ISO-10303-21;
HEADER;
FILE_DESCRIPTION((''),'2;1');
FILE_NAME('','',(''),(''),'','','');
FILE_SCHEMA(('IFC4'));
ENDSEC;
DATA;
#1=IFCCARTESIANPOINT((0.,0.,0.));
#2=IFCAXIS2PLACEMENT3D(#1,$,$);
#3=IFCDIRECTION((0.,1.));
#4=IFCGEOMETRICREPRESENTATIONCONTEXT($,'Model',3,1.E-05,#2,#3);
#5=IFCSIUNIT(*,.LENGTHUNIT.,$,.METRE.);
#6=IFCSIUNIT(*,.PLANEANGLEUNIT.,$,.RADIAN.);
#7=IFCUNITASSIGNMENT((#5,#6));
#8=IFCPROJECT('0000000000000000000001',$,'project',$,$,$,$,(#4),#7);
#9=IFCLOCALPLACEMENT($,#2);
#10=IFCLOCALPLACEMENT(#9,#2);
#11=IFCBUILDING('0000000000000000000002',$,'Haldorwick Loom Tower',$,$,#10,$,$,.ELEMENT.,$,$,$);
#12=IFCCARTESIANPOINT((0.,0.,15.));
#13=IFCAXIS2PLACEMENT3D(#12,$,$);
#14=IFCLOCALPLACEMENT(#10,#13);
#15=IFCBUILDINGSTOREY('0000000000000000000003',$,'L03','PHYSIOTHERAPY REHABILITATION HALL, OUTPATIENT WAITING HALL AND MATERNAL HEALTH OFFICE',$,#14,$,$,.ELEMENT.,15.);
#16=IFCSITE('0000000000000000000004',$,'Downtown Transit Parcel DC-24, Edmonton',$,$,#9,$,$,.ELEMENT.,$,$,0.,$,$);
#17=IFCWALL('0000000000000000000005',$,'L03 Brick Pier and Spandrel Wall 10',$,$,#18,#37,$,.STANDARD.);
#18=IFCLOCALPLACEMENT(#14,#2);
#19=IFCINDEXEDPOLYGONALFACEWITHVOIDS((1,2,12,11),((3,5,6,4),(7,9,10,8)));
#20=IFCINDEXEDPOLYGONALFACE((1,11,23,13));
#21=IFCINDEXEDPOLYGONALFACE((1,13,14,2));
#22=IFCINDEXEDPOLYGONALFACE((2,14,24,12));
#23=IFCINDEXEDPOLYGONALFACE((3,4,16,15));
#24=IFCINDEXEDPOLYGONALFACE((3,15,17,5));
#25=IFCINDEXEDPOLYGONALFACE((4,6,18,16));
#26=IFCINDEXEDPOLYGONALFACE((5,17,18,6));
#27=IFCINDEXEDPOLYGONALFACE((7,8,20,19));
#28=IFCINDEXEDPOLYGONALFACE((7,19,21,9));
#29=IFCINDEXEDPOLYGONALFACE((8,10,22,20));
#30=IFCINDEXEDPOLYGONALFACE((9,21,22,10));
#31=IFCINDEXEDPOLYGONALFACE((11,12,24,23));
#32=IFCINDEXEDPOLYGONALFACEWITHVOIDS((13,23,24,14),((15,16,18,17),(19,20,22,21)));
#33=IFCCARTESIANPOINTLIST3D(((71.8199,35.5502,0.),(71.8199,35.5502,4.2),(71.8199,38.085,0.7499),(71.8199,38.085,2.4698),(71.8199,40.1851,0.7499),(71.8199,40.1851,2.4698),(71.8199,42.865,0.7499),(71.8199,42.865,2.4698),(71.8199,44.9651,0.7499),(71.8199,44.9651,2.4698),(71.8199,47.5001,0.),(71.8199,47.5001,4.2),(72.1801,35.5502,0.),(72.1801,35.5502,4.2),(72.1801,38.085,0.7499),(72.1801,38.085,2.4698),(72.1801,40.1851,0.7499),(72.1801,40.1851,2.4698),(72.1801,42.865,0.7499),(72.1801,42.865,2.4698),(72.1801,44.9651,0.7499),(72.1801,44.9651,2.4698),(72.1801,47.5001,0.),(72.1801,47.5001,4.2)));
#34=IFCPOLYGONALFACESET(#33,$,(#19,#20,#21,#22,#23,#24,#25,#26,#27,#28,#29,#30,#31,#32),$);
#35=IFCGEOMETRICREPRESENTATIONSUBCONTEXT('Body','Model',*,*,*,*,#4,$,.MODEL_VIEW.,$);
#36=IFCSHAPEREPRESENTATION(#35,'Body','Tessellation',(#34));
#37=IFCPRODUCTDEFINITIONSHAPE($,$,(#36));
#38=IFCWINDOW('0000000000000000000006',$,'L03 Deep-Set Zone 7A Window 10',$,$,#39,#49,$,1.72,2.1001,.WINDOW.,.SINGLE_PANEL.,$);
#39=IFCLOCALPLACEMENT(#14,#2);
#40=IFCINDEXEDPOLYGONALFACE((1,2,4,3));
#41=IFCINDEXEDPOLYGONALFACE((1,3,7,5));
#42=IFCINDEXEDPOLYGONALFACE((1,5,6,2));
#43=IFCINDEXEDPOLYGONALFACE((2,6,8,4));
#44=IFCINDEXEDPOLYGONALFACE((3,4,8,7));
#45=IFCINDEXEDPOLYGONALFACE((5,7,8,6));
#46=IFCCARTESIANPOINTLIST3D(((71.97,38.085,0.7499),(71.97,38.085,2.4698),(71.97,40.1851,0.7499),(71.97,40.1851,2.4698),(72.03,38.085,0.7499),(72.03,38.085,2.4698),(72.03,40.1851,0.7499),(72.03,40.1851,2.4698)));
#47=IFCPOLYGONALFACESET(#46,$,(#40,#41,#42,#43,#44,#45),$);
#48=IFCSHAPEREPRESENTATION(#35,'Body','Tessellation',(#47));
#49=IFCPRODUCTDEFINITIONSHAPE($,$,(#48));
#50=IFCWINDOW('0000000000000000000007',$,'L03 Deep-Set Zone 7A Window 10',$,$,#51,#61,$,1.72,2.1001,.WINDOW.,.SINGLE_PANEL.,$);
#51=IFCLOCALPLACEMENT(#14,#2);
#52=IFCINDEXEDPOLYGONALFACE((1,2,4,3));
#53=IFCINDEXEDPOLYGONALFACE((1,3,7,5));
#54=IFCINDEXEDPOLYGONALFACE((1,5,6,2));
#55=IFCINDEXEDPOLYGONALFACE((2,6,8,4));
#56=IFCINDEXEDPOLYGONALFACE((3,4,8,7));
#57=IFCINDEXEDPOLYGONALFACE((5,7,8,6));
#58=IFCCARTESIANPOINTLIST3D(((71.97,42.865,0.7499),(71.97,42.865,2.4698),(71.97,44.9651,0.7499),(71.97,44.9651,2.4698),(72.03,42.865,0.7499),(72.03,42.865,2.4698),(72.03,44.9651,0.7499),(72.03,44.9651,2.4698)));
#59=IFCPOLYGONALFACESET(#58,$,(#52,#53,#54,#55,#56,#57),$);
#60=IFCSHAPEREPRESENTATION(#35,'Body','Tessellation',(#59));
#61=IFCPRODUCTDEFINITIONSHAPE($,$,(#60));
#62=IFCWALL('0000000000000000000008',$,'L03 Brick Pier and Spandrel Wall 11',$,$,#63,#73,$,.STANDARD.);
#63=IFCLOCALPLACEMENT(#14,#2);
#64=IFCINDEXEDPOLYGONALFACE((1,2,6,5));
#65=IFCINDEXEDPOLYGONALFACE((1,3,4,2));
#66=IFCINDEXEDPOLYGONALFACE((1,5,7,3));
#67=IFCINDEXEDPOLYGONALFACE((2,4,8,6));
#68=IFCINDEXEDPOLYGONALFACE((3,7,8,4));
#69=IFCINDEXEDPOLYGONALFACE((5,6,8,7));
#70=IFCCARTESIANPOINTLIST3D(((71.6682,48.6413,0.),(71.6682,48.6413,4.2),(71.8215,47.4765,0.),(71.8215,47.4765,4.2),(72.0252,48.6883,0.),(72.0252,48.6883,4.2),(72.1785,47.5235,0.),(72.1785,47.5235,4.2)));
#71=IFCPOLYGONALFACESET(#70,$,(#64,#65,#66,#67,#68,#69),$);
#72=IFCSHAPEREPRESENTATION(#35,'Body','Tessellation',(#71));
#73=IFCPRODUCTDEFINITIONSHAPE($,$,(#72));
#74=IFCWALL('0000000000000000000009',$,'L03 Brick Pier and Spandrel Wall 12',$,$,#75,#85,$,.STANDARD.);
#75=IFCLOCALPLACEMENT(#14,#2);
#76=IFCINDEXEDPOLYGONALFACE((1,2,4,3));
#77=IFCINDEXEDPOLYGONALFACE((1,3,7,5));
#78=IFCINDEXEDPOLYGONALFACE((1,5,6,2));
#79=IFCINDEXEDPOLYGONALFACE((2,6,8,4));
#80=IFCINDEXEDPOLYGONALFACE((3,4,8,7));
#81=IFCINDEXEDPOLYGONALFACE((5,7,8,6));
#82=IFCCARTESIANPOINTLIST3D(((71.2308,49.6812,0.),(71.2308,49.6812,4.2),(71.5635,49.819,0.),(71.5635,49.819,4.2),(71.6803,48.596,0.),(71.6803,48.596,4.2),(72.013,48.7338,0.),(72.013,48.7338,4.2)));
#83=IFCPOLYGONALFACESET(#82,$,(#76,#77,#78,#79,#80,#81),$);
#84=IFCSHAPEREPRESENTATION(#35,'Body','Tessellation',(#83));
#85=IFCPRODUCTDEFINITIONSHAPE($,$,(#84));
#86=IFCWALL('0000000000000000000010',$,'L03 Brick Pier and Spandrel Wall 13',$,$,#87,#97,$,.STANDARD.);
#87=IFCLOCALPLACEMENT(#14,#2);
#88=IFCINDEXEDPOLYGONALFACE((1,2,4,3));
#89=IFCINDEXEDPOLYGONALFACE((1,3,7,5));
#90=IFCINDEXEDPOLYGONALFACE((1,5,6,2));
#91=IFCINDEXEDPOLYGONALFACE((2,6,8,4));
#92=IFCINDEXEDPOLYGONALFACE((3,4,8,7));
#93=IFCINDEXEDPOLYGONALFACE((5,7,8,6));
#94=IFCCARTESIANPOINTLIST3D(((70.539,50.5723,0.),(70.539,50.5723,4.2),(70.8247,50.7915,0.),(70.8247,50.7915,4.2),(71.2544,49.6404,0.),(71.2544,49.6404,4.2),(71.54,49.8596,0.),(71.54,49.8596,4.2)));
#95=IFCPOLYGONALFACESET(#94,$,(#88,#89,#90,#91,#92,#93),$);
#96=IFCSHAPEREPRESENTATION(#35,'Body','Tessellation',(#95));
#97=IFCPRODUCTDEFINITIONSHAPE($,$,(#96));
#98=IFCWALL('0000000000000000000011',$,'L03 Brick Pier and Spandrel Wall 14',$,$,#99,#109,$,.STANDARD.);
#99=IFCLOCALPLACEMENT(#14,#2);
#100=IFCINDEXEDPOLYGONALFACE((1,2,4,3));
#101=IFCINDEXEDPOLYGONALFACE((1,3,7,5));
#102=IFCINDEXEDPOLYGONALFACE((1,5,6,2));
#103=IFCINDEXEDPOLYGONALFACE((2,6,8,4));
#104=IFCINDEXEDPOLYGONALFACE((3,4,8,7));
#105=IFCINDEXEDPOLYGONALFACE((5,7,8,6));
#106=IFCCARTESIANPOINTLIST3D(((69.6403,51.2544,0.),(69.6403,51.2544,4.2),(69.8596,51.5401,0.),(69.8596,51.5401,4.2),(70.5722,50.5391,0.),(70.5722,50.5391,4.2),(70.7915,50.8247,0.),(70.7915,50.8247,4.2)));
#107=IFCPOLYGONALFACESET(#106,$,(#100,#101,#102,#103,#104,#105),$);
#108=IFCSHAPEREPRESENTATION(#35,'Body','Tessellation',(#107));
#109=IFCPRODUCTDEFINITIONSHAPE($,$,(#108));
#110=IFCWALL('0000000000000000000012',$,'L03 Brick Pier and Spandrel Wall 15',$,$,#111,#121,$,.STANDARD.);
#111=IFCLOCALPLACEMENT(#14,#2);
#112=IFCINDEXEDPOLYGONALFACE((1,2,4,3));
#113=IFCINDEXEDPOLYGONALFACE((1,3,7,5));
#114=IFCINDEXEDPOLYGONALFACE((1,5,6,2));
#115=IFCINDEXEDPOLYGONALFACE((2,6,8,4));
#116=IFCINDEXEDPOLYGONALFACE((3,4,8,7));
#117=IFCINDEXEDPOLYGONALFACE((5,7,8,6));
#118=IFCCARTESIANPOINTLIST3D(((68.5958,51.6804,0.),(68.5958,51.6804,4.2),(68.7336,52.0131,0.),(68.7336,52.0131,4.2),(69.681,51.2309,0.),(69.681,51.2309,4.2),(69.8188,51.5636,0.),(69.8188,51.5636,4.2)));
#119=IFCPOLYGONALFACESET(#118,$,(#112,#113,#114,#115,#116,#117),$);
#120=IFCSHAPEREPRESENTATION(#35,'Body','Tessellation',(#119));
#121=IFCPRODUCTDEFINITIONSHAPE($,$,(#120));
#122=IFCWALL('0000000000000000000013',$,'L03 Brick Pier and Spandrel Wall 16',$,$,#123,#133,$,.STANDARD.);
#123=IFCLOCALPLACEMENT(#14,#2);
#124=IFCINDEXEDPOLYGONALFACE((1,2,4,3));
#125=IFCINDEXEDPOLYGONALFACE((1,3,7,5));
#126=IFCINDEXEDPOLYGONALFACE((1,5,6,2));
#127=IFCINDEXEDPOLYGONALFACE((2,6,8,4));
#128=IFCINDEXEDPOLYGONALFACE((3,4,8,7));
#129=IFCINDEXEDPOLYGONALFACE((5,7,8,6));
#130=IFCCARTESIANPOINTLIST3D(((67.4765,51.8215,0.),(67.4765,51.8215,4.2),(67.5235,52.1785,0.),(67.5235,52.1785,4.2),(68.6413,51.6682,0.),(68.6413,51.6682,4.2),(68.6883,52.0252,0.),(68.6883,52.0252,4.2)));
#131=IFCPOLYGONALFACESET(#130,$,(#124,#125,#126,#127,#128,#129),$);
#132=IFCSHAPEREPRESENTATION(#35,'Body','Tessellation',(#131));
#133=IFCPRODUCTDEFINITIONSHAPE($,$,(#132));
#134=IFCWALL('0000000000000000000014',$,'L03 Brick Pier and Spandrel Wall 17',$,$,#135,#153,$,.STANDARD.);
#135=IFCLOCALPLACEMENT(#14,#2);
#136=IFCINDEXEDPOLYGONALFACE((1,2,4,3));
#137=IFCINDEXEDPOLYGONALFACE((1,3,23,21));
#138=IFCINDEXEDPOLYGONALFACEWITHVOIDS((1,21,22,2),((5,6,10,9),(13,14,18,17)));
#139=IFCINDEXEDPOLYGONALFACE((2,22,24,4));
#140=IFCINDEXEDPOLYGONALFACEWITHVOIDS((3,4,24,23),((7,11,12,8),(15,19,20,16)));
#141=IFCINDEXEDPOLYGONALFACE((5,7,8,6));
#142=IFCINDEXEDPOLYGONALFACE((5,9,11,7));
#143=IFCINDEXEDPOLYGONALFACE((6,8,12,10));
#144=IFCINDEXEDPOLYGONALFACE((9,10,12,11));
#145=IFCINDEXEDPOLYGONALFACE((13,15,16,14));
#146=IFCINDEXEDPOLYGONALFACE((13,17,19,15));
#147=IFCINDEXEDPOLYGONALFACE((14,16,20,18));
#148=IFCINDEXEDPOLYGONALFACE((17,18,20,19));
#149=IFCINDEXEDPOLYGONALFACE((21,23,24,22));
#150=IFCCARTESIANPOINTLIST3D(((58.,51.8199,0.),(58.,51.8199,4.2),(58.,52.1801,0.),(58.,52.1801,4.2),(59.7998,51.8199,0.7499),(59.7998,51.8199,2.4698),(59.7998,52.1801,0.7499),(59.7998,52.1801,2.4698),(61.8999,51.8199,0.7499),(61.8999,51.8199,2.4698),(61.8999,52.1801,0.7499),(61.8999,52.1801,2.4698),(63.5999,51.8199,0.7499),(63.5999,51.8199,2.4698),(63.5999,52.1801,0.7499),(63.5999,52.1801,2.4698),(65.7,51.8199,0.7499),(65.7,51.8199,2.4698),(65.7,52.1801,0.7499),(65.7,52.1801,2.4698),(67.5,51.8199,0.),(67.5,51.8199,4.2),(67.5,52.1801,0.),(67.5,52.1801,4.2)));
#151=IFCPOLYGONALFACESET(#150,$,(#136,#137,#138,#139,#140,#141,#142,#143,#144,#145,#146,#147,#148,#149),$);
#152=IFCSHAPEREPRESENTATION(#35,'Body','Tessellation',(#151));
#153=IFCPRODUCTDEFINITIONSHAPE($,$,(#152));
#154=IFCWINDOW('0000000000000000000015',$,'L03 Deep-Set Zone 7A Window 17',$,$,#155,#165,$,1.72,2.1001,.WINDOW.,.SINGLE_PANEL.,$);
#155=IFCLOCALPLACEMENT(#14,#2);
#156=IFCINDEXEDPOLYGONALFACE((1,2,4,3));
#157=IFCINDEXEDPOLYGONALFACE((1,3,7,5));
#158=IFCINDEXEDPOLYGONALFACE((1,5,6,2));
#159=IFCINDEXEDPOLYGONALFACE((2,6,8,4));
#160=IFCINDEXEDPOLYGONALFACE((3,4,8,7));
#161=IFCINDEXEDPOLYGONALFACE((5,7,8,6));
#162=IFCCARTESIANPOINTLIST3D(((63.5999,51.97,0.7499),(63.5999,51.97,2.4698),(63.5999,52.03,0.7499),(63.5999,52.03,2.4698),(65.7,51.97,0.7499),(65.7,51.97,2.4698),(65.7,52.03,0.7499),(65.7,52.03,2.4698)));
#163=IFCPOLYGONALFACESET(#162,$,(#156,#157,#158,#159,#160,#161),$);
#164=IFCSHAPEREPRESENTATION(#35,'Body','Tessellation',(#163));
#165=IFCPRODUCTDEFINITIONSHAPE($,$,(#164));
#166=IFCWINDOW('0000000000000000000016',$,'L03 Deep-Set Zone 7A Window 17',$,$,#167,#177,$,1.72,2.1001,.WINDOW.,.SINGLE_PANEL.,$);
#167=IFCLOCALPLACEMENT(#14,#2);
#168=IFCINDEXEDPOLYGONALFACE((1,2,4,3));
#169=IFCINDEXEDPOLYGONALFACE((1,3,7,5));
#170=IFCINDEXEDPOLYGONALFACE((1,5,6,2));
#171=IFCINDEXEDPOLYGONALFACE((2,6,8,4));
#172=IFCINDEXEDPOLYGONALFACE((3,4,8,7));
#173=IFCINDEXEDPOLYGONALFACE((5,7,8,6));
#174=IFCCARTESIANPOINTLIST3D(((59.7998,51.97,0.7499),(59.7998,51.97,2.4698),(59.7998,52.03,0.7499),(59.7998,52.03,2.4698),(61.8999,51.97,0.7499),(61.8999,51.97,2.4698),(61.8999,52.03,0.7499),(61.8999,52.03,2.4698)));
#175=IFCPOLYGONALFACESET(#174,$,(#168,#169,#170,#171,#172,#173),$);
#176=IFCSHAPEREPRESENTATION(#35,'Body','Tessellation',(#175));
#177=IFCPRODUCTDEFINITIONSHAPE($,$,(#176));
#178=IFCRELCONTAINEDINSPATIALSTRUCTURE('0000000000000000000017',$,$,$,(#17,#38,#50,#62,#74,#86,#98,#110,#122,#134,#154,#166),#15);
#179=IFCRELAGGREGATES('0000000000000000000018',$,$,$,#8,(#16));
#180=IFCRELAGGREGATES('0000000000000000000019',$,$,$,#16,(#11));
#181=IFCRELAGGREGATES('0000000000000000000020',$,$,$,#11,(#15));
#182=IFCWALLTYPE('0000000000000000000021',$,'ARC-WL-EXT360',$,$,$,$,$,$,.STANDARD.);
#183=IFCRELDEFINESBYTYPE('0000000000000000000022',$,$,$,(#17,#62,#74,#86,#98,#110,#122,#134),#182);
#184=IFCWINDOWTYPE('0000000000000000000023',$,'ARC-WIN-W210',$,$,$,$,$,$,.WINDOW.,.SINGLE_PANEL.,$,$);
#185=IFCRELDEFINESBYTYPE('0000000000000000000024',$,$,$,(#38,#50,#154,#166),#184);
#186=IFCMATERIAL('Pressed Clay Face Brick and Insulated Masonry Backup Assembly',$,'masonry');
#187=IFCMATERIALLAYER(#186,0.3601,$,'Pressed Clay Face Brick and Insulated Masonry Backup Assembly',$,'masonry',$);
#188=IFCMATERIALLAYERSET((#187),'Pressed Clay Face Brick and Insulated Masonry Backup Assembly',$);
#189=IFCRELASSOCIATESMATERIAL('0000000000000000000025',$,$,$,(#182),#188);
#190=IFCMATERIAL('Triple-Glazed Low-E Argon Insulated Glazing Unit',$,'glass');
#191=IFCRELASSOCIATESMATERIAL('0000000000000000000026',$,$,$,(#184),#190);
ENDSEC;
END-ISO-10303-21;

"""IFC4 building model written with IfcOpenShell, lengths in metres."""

from ifc_helpers import new_model, si_unit, direction, frame, frame_2d, origin, place, context, subcontext, project, spatial, rectangle, extrude, material, layer, layer_set, type_object, element, fill, save


model = new_model("IFC4")

# Units and contexts
model_context = context("Model", 3, precision=1e-05, world=origin(), true_north=direction((0.0, 1.0)))
body_context = subcontext(model_context, "Body", "Model", "MODEL_VIEW")
ifc_project = project(units=[si_unit("LENGTHUNIT", "METRE"), si_unit("PLANEANGLEUNIT", "RADIAN")], contexts=[model_context])

# Site, building, storey
site_placement = place(None, origin())
site = spatial("IfcSite", under=ifc_project, at=site_placement, Name="Downtown Transit Parcel DC-24, Edmonton", CompositionType="ELEMENT", RefElevation=0.0)
building_placement = place(site_placement, origin())
building = spatial("IfcBuilding", under=site, at=building_placement, Name="Haldorwick Loom Tower", CompositionType="ELEMENT")
storey_placement = place(building_placement, frame((0.0, 0.0, 15.0)))
storey = spatial("IfcBuildingStorey", under=building, at=storey_placement, Name="L03", Description="PHYSIOTHERAPY REHABILITATION HALL, OUTPATIENT WAITING HALL AND MATERNAL HEALTH OFFICE", CompositionType="ELEMENT", Elevation=15.0)

# Wall, openings, windows
ifc_material_1 = material(Name="Pressed Clay Face Brick and Insulated Masonry Backup Assembly", Category="masonry")
ifc_layer_1 = layer(ifc_material_1, 0.3601, Name="Pressed Clay Face Brick and Insulated Masonry Backup Assembly", Category="masonry")
ifc_layer_set_1 = layer_set([ifc_layer_1], Name="Pressed Clay Face Brick and Insulated Masonry Backup Assembly")
wall_type_1 = type_object("IfcWallType", Name="ARC-WL-EXT360", PredefinedType="STANDARD", material=ifc_layer_set_1)
wall_1_placement = place(storey_placement, frame((72.0, 35.55, 0.0), z_axis=(0.0, 0.0, 1.0), x_axis=(0.0, 1.0, 0.0)))
wall_1 = element("IfcWall", 1, at=wall_1_placement, inside=storey, type_object=wall_type_1, Name="L03 Brick Pier and Spandrel Wall 10", PredefinedType="STANDARD", context=body_context, shape_type="SweptSolid", body=[
    extrude(rectangle(XDim=11.95, YDim=0.3601, at=frame_2d((5.9751, 0.0))), origin(), (0.0, 0.0, 1.0), 4.2),
])
opening_1_placement = place(wall_1_placement, frame((2.5349, 0.0, 0.75)))
opening_1 = element("IfcOpeningElement", 2, at=opening_1_placement, cuts=wall_1, PredefinedType="OPENING", context=body_context, shape_type="SweptSolid", body=[
    extrude(rectangle(XDim=2.1001, YDim=1.72, at=frame_2d((1.05, 0.8599))), frame((0.0, 0.1899, 0.0), z_axis=(0.0, -1.0, 0.0), x_axis=(1.0, 0.0, 0.0)), (0.0, 0.0, 1.0), 0.3801),
])
opening_2_placement = place(wall_1_placement, frame((7.3149, 0.0, 0.75)))
opening_2 = element("IfcOpeningElement", 3, at=opening_2_placement, cuts=wall_1, PredefinedType="OPENING", context=body_context, shape_type="SweptSolid", body=[
    extrude(rectangle(XDim=2.1001, YDim=1.72, at=frame_2d((1.05, 0.8599))), frame((0.0, 0.1899, 0.0), z_axis=(0.0, -1.0, 0.0), x_axis=(1.0, 0.0, 0.0)), (0.0, 0.0, 1.0), 0.3801),
])
ifc_material_2 = material(Name="Triple-Glazed Low-E Argon Insulated Glazing Unit", Category="glass")
window_type = type_object("IfcWindowType", Name="ARC-WIN-W210", PartitioningType="SINGLE_PANEL", PredefinedType="WINDOW", material=ifc_material_2)
window_1_placement = place(opening_1_placement, origin())
window_1 = element("IfcWindow", 4, at=window_1_placement, inside=storey, type_object=window_type, Name="L03 Deep-Set Zone 7A Window 10", OverallHeight=1.72, OverallWidth=2.1001, PartitioningType="SINGLE_PANEL", PredefinedType="WINDOW", context=body_context, shape_type="SweptSolid", body=[
    extrude(rectangle(XDim=2.1001, YDim=1.72, at=frame_2d((1.05, 0.8599))), frame((0.0, 0.03, 0.0), z_axis=(0.0, -1.0, 0.0), x_axis=(1.0, 0.0, 0.0)), (0.0, 0.0, 1.0), 0.0601),
])
fill(opening_1, window_1)
window_2_placement = place(opening_2_placement, origin())
window_2 = element("IfcWindow", 5, at=window_2_placement, inside=storey, type_object=window_type, Name="L03 Deep-Set Zone 7A Window 10", OverallHeight=1.72, OverallWidth=2.1001, PartitioningType="SINGLE_PANEL", PredefinedType="WINDOW", context=body_context, shape_type="SweptSolid", body=[
    extrude(rectangle(XDim=2.1001, YDim=1.72, at=frame_2d((1.05, 0.8599))), frame((0.0, 0.03, 0.0), z_axis=(0.0, -1.0, 0.0), x_axis=(1.0, 0.0, 0.0)), (0.0, 0.0, 1.0), 0.0601),
])
fill(opening_2, window_2)

# Walls
wall_2_placement = place(storey_placement, frame((72.0, 47.5, 0.0), z_axis=(0.0, 0.0, 1.0), x_axis=(-0.130503, 0.991448, 0.0)))
element("IfcWall", 6, at=wall_2_placement, inside=storey, type_object=wall_type_1, Name="L03 Brick Pier and Spandrel Wall 11", PredefinedType="STANDARD", context=body_context, shape_type="SweptSolid", body=[
    extrude(rectangle(XDim=1.1748, YDim=0.3601, at=frame_2d((0.5874, 0.0))), origin(), (0.0, 0.0, 1.0), 4.2),
])
wall_3_placement = place(storey_placement, frame((71.8467, 48.6648, 0.0), z_axis=(0.0, 0.0, 1.0), x_axis=(-0.382652, 0.923893, 0.0)))
element("IfcWall", 7, at=wall_3_placement, inside=storey, type_object=wall_type_1, Name="L03 Brick Pier and Spandrel Wall 12", PredefinedType="STANDARD", context=body_context, shape_type="SweptSolid", body=[
    extrude(rectangle(XDim=1.1746, YDim=0.3601, at=frame_2d((0.5874, 0.0))), origin(), (0.0, 0.0, 1.0), 4.2),
])
for number, where, z_axis, x_axis, name in (
    (8, (71.3972, 49.75, 0.0), (0.0, 0.0, 1.0), (-0.608907, 0.793242, 0.0), "L03 Brick Pier and Spandrel Wall 13"),
    (9, (70.6819, 50.6819, 0.0), (0.0, 0.0, 1.0), (-0.793242, 0.608907, 0.0), "L03 Brick Pier and Spandrel Wall 14"),
):
    element("IfcWall", number, at=place(storey_placement, frame(where, z_axis=z_axis, x_axis=x_axis)), inside=storey, type_object=wall_type_1, Name=name, PredefinedType="STANDARD", context=body_context, shape_type="SweptSolid", body=[
        extrude(rectangle(XDim=1.1748, YDim=0.3601, at=frame_2d((0.5874, 0.0))), origin(), (0.0, 0.0, 1.0), 4.2),
    ])
wall_4_placement = place(storey_placement, frame((69.75, 51.3972, 0.0), z_axis=(0.0, 0.0, 1.0), x_axis=(-0.923893, 0.382652, 0.0)))
element("IfcWall", 10, at=wall_4_placement, inside=storey, type_object=wall_type_1, Name="L03 Brick Pier and Spandrel Wall 15", PredefinedType="STANDARD", context=body_context, shape_type="SweptSolid", body=[
    extrude(rectangle(XDim=1.1746, YDim=0.3601, at=frame_2d((0.5874, 0.0))), origin(), (0.0, 0.0, 1.0), 4.2),
])
wall_5_placement = place(storey_placement, frame((68.6648, 51.8467, 0.0), z_axis=(0.0, 0.0, 1.0), x_axis=(-0.991448, 0.130503, 0.0)))
element("IfcWall", 11, at=wall_5_placement, inside=storey, type_object=wall_type_1, Name="L03 Brick Pier and Spandrel Wall 16", PredefinedType="STANDARD", context=body_context, shape_type="SweptSolid", body=[
    extrude(rectangle(XDim=1.1748, YDim=0.3601, at=frame_2d((0.5874, 0.0))), origin(), (0.0, 0.0, 1.0), 4.2),
])

# Wall, openings, windows
wall_6_placement = place(storey_placement, frame((67.5, 52.0, 0.0), z_axis=(0.0, 0.0, 1.0), x_axis=(-1.0, 0.0, 0.0)))
wall_6 = element("IfcWall", 12, at=wall_6_placement, inside=storey, type_object=wall_type_1, Name="L03 Brick Pier and Spandrel Wall 17", PredefinedType="STANDARD", context=body_context, shape_type="SweptSolid", body=[
    extrude(rectangle(XDim=9.5, YDim=0.3601, at=frame_2d((4.75, 0.0))), origin(), (0.0, 0.0, 1.0), 4.2),
])
opening_3_placement = place(wall_6_placement, frame((1.8, 0.0, 0.75)))
opening_3 = element("IfcOpeningElement", 13, at=opening_3_placement, cuts=wall_6, PredefinedType="OPENING", context=body_context, shape_type="SweptSolid", body=[
    extrude(rectangle(XDim=2.1001, YDim=1.72, at=frame_2d((1.05, 0.8599))), frame((0.0, 0.1899, 0.0), z_axis=(0.0, -1.0, 0.0), x_axis=(1.0, 0.0, 0.0)), (0.0, 0.0, 1.0), 0.3801),
])
opening_4_placement = place(wall_6_placement, frame((5.6001, 0.0, 0.75)))
opening_4 = element("IfcOpeningElement", 14, at=opening_4_placement, cuts=wall_6, PredefinedType="OPENING", context=body_context, shape_type="SweptSolid", body=[
    extrude(rectangle(XDim=2.1001, YDim=1.72, at=frame_2d((1.05, 0.8599))), frame((0.0, 0.1899, 0.0), z_axis=(0.0, -1.0, 0.0), x_axis=(1.0, 0.0, 0.0)), (0.0, 0.0, 1.0), 0.3801),
])
window_3_placement = place(opening_3_placement, origin())
window_3 = element("IfcWindow", 15, at=window_3_placement, inside=storey, type_object=window_type, Name="L03 Deep-Set Zone 7A Window 17", OverallHeight=1.72, OverallWidth=2.1001, PartitioningType="SINGLE_PANEL", PredefinedType="WINDOW", context=body_context, shape_type="SweptSolid", body=[
    extrude(rectangle(XDim=2.1001, YDim=1.72, at=frame_2d((1.05, 0.8599))), frame((0.0, 0.03, 0.0), z_axis=(0.0, -1.0, 0.0), x_axis=(1.0, 0.0, 0.0)), (0.0, 0.0, 1.0), 0.0601),
])
fill(opening_3, window_3)
window_4_placement = place(opening_4_placement, origin())
window_4 = element("IfcWindow", 16, at=window_4_placement, inside=storey, type_object=window_type, Name="L03 Deep-Set Zone 7A Window 17", OverallHeight=1.72, OverallWidth=2.1001, PartitioningType="SINGLE_PANEL", PredefinedType="WINDOW", context=body_context, shape_type="SweptSolid", body=[
    extrude(rectangle(XDim=2.1001, YDim=1.72, at=frame_2d((1.05, 0.8599))), frame((0.0, 0.03, 0.0), z_axis=(0.0, -1.0, 0.0), x_axis=(1.0, 0.0, 0.0)), (0.0, 0.0, 1.0), 0.0601),
])
fill(opening_4, window_4)

save(model, "model.ifc")
